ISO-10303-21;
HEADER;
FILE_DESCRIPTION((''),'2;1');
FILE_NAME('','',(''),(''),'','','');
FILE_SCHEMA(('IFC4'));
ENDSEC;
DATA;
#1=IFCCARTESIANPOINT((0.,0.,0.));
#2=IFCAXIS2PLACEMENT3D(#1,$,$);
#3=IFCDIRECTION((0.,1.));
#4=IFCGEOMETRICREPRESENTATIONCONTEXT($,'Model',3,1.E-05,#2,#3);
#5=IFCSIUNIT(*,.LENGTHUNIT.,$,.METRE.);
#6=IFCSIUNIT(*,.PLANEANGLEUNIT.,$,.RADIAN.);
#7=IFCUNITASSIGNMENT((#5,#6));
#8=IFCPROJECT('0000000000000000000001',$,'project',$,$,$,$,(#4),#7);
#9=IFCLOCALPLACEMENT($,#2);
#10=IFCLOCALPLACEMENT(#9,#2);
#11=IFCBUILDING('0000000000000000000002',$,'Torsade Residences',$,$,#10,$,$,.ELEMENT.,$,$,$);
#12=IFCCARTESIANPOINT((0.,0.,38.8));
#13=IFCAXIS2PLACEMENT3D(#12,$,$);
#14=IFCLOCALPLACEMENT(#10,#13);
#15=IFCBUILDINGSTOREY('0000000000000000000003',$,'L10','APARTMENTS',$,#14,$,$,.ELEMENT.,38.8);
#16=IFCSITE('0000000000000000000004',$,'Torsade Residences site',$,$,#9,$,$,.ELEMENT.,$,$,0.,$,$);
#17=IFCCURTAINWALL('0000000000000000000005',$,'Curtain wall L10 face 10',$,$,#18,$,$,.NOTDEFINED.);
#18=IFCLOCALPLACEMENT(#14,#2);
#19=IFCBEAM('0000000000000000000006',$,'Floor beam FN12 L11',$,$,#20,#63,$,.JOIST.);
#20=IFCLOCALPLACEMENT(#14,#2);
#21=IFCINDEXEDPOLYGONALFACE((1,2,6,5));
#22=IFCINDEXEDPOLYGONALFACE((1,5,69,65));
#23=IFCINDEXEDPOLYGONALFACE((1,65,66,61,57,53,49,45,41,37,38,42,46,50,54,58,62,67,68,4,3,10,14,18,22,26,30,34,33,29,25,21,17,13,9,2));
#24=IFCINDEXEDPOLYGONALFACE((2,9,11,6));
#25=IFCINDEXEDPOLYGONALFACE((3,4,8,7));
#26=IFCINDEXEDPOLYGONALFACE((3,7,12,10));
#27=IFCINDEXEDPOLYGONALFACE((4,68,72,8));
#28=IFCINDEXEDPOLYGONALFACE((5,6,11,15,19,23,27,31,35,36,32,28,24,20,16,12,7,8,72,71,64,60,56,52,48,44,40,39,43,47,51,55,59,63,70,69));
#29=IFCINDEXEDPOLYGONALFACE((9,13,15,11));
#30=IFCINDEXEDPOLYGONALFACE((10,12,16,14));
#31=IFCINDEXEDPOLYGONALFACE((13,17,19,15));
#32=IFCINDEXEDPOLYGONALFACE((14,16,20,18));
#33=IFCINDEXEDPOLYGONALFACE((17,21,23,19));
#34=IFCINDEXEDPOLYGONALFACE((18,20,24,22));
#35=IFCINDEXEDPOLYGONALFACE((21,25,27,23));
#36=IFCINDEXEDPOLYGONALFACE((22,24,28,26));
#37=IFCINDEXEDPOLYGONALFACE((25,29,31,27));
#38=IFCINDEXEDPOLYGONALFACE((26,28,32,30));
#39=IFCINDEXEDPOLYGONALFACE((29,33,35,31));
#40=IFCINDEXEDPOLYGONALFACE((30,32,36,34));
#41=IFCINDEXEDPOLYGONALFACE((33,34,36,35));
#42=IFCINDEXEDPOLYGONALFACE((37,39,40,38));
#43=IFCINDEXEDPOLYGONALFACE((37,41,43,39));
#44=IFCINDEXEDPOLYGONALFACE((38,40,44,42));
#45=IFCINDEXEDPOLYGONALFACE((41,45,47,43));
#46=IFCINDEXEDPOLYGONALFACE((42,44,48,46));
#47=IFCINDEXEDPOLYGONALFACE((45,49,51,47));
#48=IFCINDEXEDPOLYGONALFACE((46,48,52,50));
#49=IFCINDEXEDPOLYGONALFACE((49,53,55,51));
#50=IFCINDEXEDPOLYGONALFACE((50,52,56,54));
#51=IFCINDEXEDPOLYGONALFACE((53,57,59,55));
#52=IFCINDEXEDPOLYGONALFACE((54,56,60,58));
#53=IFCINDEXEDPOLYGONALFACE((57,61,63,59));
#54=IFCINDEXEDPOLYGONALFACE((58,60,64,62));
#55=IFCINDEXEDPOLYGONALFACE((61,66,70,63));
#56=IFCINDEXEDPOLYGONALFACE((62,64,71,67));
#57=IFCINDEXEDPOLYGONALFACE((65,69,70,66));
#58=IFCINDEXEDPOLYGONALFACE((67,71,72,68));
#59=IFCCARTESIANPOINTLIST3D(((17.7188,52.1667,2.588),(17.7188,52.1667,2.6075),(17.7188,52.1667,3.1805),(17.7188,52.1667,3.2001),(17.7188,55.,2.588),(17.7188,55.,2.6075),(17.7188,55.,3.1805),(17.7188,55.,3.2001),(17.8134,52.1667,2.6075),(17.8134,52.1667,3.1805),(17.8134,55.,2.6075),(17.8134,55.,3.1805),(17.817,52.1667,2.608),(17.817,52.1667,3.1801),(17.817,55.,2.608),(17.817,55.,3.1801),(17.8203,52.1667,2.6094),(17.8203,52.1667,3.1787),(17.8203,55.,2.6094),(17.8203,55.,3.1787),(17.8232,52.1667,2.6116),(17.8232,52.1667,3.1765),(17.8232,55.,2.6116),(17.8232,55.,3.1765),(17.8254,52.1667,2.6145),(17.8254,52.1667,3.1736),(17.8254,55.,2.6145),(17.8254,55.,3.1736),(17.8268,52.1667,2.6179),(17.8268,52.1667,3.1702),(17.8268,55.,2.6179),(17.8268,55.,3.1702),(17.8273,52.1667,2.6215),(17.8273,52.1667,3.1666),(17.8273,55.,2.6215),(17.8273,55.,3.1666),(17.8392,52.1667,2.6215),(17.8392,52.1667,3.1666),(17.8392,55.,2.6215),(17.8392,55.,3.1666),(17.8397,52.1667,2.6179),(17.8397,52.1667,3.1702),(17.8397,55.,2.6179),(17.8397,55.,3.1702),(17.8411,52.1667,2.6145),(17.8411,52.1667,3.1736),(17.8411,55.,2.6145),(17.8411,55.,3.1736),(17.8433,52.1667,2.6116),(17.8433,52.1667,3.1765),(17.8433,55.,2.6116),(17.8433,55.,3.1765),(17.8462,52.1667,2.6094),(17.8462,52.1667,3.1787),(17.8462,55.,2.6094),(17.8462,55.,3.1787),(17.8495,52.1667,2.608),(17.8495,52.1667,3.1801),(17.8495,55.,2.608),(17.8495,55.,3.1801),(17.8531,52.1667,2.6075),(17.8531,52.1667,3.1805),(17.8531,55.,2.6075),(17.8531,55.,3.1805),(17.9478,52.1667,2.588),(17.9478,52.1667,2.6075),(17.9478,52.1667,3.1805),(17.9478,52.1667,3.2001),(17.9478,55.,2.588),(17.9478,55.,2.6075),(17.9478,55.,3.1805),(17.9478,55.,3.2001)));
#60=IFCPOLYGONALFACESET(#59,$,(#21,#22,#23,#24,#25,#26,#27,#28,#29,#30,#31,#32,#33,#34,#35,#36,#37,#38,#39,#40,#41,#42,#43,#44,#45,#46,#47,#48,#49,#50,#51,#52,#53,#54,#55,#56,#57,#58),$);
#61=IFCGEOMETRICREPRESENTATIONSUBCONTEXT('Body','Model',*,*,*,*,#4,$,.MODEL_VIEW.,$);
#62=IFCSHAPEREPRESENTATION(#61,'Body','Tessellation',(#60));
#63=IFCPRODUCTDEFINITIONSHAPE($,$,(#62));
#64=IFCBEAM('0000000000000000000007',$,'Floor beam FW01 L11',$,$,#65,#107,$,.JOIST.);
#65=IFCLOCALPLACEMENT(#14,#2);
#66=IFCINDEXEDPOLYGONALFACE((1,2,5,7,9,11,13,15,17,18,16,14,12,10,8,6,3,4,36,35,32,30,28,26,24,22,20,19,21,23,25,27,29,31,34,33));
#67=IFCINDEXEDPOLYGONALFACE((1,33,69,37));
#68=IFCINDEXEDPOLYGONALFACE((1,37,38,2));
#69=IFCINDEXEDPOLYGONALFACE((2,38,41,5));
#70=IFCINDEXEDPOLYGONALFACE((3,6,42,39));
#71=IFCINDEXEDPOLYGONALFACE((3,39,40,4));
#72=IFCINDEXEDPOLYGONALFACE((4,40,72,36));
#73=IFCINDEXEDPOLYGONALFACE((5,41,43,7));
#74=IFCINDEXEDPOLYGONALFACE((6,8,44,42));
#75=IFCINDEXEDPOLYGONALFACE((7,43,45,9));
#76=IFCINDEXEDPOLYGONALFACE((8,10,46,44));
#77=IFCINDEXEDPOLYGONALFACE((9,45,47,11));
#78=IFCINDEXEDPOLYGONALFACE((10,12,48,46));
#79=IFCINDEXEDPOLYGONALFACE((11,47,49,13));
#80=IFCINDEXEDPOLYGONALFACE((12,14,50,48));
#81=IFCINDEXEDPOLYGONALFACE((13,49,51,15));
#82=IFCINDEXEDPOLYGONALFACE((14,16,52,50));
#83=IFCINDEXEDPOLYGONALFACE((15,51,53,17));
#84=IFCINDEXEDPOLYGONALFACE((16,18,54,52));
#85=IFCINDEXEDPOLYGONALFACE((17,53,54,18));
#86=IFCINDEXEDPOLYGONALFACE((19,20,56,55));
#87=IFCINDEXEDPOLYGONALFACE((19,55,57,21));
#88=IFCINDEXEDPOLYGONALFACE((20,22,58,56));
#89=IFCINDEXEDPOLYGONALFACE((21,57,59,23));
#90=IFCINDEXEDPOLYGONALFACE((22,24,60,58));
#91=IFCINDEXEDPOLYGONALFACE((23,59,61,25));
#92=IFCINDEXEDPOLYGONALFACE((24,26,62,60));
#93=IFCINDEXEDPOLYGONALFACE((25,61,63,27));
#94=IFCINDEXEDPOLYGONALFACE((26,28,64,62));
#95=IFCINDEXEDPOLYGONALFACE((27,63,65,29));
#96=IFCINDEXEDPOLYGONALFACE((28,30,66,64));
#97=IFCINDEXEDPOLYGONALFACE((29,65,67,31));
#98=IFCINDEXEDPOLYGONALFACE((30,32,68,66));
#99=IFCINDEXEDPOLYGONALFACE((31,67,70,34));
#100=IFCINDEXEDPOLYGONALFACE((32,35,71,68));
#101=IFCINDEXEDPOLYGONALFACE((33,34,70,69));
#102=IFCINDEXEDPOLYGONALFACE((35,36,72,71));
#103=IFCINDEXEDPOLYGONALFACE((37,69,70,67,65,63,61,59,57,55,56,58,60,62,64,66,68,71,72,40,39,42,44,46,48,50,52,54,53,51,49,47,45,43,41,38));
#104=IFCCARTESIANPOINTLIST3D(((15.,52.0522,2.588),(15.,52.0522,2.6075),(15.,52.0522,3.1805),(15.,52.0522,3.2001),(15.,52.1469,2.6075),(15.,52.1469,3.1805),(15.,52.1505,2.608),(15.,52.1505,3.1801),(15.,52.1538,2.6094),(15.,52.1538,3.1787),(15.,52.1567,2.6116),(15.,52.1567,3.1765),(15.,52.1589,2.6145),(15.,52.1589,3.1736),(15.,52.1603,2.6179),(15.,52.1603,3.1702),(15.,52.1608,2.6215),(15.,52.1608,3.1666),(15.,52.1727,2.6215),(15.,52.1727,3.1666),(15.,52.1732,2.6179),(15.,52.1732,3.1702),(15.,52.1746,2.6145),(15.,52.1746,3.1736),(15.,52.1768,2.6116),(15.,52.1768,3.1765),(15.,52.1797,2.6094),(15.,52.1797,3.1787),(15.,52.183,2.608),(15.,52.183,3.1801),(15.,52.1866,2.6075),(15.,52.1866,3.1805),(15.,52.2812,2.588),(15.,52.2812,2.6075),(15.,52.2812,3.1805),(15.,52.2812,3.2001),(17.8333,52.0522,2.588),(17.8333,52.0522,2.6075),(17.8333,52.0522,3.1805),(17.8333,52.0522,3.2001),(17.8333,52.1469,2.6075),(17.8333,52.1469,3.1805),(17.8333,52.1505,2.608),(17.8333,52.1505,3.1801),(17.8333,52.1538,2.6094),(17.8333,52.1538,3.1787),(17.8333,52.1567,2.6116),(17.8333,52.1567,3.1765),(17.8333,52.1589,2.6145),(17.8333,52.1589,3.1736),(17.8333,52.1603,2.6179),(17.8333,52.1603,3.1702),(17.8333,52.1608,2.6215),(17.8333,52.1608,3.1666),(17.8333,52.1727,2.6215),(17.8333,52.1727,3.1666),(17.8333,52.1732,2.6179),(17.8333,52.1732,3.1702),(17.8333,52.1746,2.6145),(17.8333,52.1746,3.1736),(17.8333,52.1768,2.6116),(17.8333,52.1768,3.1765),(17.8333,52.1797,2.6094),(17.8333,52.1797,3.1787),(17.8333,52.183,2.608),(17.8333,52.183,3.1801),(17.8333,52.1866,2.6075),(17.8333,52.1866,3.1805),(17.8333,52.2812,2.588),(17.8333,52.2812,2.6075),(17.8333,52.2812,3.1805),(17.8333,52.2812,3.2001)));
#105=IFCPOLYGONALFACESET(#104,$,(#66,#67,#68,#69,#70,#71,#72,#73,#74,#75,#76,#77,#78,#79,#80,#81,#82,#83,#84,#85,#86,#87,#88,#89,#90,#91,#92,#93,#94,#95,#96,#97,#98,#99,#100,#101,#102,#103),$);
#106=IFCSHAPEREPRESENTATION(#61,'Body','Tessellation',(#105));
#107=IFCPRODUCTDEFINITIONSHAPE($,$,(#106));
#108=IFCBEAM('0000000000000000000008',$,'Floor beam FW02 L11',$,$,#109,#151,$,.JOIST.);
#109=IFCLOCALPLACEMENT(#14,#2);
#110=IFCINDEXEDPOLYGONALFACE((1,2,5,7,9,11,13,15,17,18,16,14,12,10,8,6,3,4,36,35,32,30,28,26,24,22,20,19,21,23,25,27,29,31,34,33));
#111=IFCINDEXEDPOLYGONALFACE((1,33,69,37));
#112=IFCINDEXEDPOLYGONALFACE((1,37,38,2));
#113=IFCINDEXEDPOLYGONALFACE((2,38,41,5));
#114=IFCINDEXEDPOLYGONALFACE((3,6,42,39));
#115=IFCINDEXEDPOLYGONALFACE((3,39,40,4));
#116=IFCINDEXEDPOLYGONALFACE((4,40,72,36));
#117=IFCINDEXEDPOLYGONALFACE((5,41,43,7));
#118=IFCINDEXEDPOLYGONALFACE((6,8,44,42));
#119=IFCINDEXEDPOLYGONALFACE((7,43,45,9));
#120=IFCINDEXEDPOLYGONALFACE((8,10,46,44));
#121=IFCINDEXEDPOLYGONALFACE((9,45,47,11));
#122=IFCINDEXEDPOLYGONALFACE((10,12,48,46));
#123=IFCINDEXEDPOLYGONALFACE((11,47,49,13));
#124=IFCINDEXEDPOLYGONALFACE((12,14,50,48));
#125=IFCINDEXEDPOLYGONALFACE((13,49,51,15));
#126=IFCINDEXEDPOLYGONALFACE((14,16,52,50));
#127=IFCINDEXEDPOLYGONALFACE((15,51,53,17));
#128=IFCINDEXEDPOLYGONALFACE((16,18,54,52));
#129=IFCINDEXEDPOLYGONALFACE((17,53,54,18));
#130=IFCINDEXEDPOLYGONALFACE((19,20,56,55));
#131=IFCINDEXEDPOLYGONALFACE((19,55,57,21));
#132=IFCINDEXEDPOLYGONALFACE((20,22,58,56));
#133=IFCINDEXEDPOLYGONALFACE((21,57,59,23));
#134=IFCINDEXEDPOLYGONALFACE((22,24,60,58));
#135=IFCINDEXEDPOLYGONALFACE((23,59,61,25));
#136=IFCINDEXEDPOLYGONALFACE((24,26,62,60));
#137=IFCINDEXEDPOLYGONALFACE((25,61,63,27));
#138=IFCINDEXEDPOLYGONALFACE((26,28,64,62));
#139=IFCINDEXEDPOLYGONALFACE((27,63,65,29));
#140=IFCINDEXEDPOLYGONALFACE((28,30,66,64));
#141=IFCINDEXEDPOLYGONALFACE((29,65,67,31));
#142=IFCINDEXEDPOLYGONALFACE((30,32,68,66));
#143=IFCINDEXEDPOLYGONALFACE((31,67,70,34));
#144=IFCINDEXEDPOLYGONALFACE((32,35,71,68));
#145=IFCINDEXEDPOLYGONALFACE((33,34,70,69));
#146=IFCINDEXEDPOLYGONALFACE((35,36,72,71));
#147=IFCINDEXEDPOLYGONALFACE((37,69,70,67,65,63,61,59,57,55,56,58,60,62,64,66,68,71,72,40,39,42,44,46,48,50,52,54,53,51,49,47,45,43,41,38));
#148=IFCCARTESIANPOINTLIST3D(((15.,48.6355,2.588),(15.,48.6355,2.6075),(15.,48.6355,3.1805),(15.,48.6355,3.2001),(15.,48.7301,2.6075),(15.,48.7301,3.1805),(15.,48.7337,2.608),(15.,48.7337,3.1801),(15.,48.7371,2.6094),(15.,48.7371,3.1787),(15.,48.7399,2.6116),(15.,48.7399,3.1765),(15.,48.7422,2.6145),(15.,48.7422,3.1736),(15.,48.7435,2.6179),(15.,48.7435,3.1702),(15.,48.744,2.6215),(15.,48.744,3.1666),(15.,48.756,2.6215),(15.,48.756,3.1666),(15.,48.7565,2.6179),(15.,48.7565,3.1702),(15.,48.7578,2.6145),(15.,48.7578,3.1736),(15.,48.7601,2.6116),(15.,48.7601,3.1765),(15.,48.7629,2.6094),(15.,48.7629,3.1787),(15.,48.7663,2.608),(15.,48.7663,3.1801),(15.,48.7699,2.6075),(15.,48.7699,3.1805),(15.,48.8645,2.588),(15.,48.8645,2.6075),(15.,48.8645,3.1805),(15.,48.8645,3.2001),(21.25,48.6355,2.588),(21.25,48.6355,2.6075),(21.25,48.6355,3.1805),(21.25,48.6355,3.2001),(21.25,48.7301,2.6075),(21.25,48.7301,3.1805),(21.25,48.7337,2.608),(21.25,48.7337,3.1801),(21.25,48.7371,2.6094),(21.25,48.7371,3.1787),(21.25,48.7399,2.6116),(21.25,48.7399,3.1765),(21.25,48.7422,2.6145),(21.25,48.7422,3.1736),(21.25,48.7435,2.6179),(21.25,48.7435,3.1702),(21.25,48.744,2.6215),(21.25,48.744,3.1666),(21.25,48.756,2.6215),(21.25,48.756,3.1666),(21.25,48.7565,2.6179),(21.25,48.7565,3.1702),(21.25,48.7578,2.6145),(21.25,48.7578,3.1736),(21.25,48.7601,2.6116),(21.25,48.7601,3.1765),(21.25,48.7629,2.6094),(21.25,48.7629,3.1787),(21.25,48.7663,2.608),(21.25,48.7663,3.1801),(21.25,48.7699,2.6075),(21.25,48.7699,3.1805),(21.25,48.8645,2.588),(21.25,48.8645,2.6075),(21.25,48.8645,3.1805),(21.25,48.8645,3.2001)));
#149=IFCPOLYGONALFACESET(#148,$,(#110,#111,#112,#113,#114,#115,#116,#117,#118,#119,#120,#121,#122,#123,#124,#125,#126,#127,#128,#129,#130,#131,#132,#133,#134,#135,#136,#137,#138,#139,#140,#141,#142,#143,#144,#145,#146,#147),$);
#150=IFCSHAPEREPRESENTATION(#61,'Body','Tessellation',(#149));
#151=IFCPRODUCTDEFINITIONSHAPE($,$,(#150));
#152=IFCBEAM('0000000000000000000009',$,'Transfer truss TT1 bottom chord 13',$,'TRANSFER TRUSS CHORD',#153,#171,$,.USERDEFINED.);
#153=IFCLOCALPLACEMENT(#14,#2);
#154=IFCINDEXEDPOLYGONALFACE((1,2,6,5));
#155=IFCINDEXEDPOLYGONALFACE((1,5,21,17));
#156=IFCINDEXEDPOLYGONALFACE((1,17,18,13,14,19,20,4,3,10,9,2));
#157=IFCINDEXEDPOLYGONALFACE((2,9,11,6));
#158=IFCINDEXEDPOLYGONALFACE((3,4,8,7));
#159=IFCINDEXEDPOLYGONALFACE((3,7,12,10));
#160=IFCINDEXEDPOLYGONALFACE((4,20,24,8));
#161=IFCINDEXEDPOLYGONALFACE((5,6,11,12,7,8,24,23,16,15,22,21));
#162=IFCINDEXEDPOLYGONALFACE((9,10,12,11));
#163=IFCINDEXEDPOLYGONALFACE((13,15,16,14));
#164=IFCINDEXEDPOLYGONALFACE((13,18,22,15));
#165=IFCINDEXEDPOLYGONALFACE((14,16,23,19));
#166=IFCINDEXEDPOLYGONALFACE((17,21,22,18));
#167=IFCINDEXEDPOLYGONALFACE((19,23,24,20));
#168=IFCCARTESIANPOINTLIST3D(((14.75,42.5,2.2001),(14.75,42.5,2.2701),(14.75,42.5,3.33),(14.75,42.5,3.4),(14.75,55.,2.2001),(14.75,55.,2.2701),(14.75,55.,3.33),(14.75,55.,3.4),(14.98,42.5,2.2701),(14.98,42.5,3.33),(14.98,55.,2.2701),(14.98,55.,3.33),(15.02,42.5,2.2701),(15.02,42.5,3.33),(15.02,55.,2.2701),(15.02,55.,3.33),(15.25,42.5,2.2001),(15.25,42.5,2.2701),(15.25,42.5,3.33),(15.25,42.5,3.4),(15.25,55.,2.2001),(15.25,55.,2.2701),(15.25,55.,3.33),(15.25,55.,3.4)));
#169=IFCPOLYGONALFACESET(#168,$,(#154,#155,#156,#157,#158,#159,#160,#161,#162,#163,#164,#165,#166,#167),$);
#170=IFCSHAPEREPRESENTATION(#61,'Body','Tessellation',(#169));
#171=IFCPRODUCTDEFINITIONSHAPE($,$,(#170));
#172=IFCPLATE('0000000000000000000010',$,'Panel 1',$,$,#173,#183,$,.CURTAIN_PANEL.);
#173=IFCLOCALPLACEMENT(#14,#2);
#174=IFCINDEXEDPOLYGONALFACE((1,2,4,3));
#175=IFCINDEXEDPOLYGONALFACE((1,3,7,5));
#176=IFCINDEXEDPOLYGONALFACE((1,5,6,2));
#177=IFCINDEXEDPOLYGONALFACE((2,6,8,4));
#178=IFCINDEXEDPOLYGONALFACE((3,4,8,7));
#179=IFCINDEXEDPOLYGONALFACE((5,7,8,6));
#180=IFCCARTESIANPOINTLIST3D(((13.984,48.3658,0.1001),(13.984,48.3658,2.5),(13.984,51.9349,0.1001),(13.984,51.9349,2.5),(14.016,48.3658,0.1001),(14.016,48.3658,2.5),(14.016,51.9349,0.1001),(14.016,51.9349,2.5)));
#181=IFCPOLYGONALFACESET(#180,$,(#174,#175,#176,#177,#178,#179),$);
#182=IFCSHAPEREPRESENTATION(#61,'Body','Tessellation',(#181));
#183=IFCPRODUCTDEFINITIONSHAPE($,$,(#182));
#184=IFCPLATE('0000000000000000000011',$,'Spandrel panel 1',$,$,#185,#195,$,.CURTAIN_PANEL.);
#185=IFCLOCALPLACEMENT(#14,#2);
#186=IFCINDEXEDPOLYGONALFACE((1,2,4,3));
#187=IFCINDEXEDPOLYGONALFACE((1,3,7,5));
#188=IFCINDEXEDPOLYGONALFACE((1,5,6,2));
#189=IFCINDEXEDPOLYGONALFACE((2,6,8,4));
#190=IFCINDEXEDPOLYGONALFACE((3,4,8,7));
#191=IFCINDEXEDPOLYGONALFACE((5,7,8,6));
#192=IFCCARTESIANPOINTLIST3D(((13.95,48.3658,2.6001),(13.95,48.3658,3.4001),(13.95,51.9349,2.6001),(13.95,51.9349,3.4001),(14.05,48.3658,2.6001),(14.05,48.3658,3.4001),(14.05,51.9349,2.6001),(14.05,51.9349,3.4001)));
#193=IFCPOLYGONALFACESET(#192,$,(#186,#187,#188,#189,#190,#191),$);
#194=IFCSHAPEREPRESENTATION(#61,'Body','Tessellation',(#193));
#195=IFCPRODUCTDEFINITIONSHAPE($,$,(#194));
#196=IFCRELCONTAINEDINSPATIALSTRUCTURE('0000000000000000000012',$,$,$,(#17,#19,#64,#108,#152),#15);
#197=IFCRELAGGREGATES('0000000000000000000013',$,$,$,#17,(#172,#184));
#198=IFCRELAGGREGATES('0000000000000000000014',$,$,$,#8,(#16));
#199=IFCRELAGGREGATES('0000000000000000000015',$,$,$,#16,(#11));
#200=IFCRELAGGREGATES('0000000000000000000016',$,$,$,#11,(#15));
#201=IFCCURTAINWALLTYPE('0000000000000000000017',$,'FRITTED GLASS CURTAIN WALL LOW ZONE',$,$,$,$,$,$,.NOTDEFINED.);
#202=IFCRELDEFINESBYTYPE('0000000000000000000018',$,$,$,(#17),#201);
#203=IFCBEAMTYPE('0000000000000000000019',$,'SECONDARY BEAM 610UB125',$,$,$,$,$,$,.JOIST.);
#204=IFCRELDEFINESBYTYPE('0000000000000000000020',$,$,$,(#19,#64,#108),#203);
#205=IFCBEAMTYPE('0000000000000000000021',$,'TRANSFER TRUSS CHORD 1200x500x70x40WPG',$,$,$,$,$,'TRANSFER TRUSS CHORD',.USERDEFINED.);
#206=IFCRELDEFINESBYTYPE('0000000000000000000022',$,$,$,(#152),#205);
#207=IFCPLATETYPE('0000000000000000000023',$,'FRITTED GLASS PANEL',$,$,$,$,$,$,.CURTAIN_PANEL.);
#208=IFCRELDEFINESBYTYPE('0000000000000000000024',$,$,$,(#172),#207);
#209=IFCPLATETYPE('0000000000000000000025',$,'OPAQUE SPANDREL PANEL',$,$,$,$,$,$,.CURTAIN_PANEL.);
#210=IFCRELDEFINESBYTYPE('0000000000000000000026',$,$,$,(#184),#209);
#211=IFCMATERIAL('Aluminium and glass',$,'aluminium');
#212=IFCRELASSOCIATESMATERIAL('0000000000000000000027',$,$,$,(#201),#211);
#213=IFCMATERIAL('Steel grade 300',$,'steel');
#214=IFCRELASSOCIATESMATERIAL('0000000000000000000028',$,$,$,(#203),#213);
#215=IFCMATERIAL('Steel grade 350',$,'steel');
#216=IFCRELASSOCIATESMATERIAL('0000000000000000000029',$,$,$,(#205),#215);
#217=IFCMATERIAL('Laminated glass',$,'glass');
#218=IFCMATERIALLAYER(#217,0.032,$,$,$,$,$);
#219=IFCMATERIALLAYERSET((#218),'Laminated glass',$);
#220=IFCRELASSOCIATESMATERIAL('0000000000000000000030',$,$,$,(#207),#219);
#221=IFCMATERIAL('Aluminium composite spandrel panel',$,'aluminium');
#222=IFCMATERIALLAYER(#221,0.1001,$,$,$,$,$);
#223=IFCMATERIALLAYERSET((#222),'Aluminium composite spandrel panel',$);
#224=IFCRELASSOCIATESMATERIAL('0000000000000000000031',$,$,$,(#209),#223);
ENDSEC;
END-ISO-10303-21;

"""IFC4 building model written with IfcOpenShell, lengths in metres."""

from ifc_helpers import new_model, si_unit, direction, frame, origin, origin_2d, place, context, subcontext, project, spatial, rectangle, i_section, extrude, material, layer, layer_set, material_profile, profile_set, type_object, element, aggregate, save


model = new_model("IFC4")

# Units and contexts
model_context = context("Model", 3, precision=1e-05, world=origin(), true_north=direction((0.0, 1.0)))
body_context = subcontext(model_context, "Body", "Model", "MODEL_VIEW")
ifc_project = project(units=[si_unit("LENGTHUNIT", "METRE"), si_unit("PLANEANGLEUNIT", "RADIAN")], contexts=[model_context])

# Site, building, storey
site_placement = place(None, origin())
site = spatial("IfcSite", under=ifc_project, at=site_placement, Name="Torsade Residences site", CompositionType="ELEMENT", RefElevation=0.0)
building_placement = place(site_placement, origin())
building = spatial("IfcBuilding", under=site, at=building_placement, Name="Torsade Residences", CompositionType="ELEMENT")
storey_placement = place(building_placement, frame((0.0, 0.0, 38.8)))
storey = spatial("IfcBuildingStorey", under=building, at=storey_placement, Name="L10", Description="APARTMENTS", CompositionType="ELEMENT", Elevation=38.8)

# Curtain wall
ifc_material_1 = material(Name="Aluminium and glass", Category="aluminium")
curtain_wall_type = type_object("IfcCurtainWallType", Name="FRITTED GLASS CURTAIN WALL LOW ZONE", PredefinedType="NOTDEFINED", material=ifc_material_1)
curtain_wall_placement = place(storey_placement, origin())
curtain_wall = element("IfcCurtainWall", 1, at=curtain_wall_placement, inside=storey, type_object=curtain_wall_type, Name="Curtain wall L10 face 10", PredefinedType="NOTDEFINED")

# Beams
ifc_material_2 = material(Name="Steel grade 300", Category="steel")
ifc_material_profile_1 = material_profile(ifc_material_2, i_section(OverallWidth=0.229, OverallDepth=0.6121, WebThickness=0.012, FlangeThickness=0.0195, FilletRadius=0.0139, at=origin_2d()), Name="610UB125")
ifc_profile_set_1 = profile_set([ifc_material_profile_1], Name="Steel grade 300")
beam_type_1 = type_object("IfcBeamType", Name="SECONDARY BEAM 610UB125", PredefinedType="JOIST", material=ifc_profile_set_1)
for number, where, z_axis, x_axis, name in (
    (2, (17.8333, 55.0, 2.894), (0.0, -1.0, 0.0), (1.0, 0.0, 0.0), "Floor beam FN12 L11"),
    (3, (15.0, 52.1667, 2.894), (1.0, 0.0, 0.0), (0.0, 1.0, 0.0), "Floor beam FW01 L11"),
):
    element("IfcBeam", number, at=place(storey_placement, frame(where, z_axis=z_axis, x_axis=x_axis)), inside=storey, type_object=beam_type_1, Name=name, PredefinedType="JOIST", context=body_context, shape_type="SweptSolid", body=[
        extrude(i_section(OverallWidth=0.229, OverallDepth=0.6121, WebThickness=0.012, FlangeThickness=0.0195, FilletRadius=0.0139, at=origin_2d()), origin(), (0.0, 0.0, 1.0), 2.8333),
    ])
beam_1_placement = place(storey_placement, frame((15.0, 48.75, 2.894), z_axis=(1.0, 0.0, 0.0), x_axis=(0.0, 1.0, 0.0)))
element("IfcBeam", 4, at=beam_1_placement, inside=storey, type_object=beam_type_1, Name="Floor beam FW02 L11", PredefinedType="JOIST", context=body_context, shape_type="SweptSolid", body=[
    extrude(i_section(OverallWidth=0.229, OverallDepth=0.6121, WebThickness=0.012, FlangeThickness=0.0195, FilletRadius=0.0139, at=origin_2d()), origin(), (0.0, 0.0, 1.0), 6.25),
])
ifc_material_3 = material(Name="Steel grade 350", Category="steel")
ifc_material_profile_2 = material_profile(ifc_material_3, i_section(OverallWidth=0.5, OverallDepth=1.2, WebThickness=0.04, FlangeThickness=0.0701, at=origin_2d()), Name="1200x500x70x40WPG")
ifc_profile_set_2 = profile_set([ifc_material_profile_2], Name="Steel grade 350")
beam_type_2 = type_object("IfcBeamType", Name="TRANSFER TRUSS CHORD 1200x500x70x40WPG", ElementType="TRANSFER TRUSS CHORD", PredefinedType="USERDEFINED", material=ifc_profile_set_2)
beam_2_placement = place(storey_placement, frame((15.0, 55.0, 2.8), z_axis=(0.0, -1.0, 0.0), x_axis=(1.0, 0.0, 0.0)))
element("IfcBeam", 5, at=beam_2_placement, inside=storey, type_object=beam_type_2, Name="Transfer truss TT1 bottom chord 13", ObjectType="TRANSFER TRUSS CHORD", PredefinedType="USERDEFINED", context=body_context, shape_type="SweptSolid", body=[
    extrude(i_section(OverallWidth=0.5, OverallDepth=1.2, WebThickness=0.04, FlangeThickness=0.0701, at=origin_2d()), origin(), (0.0, 0.0, 1.0), 12.5),
])

# Plates
ifc_material_4 = material(Name="Laminated glass", Category="glass")
ifc_layer_1 = layer(ifc_material_4, 0.032)
ifc_layer_set_1 = layer_set([ifc_layer_1], Name="Laminated glass")
plate_type_1 = type_object("IfcPlateType", Name="FRITTED GLASS PANEL", PredefinedType="CURTAIN_PANEL", material=ifc_layer_set_1)
plate_1_placement = place(storey_placement, frame((14.0, 50.1504, 0.1001), z_axis=(0.0, 0.0, 1.0), x_axis=(0.0, -1.0, 0.0)))
plate_1 = element("IfcPlate", 6, at=plate_1_placement, type_object=plate_type_1, Name="Panel 1", PredefinedType="CURTAIN_PANEL", context=body_context, shape_type="SweptSolid", body=[
    extrude(rectangle(XDim=3.5691, YDim=0.032, at=origin_2d()), origin(), (0.0, 0.0, 1.0), 2.3999),
])
ifc_material_5 = material(Name="Aluminium composite spandrel panel", Category="aluminium")
ifc_layer_2 = layer(ifc_material_5, 0.1001)
ifc_layer_set_2 = layer_set([ifc_layer_2], Name="Aluminium composite spandrel panel")
plate_type_2 = type_object("IfcPlateType", Name="OPAQUE SPANDREL PANEL", PredefinedType="CURTAIN_PANEL", material=ifc_layer_set_2)
plate_2_placement = place(storey_placement, frame((14.0, 50.1504, 2.6001), z_axis=(0.0, 0.0, 1.0), x_axis=(0.0, -1.0, 0.0)))
plate_2 = element("IfcPlate", 7, at=plate_2_placement, type_object=plate_type_2, Name="Spandrel panel 1", PredefinedType="CURTAIN_PANEL", context=body_context, shape_type="SweptSolid", body=[
    extrude(rectangle(XDim=3.5691, YDim=0.1001, at=origin_2d()), origin(), (0.0, 0.0, 1.0), 0.8),
])
aggregate(curtain_wall, [plate_1, plate_2])

save(model, "model.ifc")
